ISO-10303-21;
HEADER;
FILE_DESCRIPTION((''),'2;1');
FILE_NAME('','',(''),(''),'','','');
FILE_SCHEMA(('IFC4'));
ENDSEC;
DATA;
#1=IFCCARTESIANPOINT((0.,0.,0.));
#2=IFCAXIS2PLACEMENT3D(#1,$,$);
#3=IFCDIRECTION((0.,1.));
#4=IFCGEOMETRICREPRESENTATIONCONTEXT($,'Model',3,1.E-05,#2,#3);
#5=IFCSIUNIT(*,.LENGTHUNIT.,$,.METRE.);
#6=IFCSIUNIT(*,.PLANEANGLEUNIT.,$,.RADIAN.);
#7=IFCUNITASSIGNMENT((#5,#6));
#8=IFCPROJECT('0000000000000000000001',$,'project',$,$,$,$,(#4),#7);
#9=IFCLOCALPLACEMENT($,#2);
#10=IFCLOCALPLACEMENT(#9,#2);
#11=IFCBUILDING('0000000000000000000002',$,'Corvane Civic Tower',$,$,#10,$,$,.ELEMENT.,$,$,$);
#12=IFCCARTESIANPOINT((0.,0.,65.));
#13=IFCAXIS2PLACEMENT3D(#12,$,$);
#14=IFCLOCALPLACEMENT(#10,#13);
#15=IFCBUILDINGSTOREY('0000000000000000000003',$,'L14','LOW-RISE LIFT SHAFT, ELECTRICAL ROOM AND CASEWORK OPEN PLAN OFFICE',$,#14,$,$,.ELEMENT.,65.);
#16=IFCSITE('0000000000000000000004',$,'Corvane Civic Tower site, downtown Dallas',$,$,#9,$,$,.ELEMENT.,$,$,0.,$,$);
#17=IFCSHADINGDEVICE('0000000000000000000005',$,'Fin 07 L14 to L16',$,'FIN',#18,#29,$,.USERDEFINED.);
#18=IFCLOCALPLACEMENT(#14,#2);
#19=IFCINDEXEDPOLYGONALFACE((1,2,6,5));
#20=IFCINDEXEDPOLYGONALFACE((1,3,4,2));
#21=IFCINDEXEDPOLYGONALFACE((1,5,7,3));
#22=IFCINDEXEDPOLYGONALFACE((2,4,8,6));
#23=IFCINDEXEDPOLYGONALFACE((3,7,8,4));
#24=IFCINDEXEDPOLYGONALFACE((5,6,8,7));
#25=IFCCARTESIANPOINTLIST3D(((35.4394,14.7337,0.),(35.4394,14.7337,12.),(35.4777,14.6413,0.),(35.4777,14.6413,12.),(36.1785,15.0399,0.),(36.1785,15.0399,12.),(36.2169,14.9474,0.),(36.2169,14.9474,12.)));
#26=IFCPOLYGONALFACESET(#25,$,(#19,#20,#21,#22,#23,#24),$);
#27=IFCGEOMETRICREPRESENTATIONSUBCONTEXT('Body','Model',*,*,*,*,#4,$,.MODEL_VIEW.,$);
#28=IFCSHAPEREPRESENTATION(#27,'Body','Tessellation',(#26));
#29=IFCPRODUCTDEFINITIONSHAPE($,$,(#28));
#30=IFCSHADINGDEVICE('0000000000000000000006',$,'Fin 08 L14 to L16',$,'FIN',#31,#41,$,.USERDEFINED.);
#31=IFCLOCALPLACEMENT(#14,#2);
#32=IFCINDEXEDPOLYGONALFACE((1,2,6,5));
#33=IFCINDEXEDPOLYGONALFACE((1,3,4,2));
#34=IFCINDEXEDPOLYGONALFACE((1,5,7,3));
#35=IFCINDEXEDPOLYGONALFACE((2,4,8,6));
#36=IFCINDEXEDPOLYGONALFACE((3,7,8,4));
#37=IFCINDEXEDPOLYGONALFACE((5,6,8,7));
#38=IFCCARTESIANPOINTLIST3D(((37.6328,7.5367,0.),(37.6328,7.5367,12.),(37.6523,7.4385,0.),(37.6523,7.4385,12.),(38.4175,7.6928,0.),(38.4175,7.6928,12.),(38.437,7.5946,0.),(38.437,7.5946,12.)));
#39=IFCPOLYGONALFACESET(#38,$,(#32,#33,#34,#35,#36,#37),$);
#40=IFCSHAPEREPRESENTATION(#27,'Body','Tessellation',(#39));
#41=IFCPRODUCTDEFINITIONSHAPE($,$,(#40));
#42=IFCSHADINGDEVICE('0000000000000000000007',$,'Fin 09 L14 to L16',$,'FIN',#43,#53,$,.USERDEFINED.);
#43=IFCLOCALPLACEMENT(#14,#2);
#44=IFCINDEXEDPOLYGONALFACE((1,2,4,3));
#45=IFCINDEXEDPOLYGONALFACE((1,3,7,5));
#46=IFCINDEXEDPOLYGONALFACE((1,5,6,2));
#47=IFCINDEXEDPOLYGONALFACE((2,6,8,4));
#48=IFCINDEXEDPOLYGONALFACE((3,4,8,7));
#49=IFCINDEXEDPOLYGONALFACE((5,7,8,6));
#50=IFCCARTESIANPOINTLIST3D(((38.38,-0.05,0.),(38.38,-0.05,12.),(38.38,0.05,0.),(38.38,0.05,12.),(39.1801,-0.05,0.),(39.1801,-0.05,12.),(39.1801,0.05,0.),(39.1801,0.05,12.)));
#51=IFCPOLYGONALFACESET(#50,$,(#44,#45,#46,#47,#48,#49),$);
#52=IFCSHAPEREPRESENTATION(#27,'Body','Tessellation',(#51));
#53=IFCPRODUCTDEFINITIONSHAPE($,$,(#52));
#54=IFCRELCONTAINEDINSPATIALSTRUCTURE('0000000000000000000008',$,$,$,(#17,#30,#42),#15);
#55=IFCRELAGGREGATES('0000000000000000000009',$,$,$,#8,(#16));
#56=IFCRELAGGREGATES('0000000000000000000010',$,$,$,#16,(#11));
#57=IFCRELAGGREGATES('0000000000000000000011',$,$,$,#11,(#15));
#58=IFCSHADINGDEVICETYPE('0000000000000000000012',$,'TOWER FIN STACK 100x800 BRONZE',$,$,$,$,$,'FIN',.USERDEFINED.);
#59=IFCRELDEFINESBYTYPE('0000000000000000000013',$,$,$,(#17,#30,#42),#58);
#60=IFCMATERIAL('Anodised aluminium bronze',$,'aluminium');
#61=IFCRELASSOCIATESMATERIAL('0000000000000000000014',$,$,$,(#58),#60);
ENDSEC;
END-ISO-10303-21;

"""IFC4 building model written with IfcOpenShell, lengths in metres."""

from ifc_helpers import new_model, si_unit, direction, frame, origin, origin_2d, place, context, subcontext, project, spatial, rectangle, extrude, material, material_profile, profile_set, type_object, element, save


model = new_model("IFC4")

# Units and contexts
model_context = context("Model", 3, precision=1e-05, world=origin(), true_north=direction((0.0, 1.0)))
body_context = subcontext(model_context, "Body", "Model", "MODEL_VIEW")
ifc_project = project(units=[si_unit("LENGTHUNIT", "METRE"), si_unit("PLANEANGLEUNIT", "RADIAN")], contexts=[model_context])

# Site, building, storey
site_placement = place(None, origin())
site = spatial("IfcSite", under=ifc_project, at=site_placement, Name="Corvane Civic Tower site, downtown Dallas", CompositionType="ELEMENT", RefElevation=0.0)
building_placement = place(site_placement, origin())
building = spatial("IfcBuilding", under=site, at=building_placement, Name="Corvane Civic Tower", CompositionType="ELEMENT")
storey_placement = place(building_placement, frame((0.0, 0.0, 65.0)))
storey = spatial("IfcBuildingStorey", under=building, at=storey_placement, Name="L14", Description="LOW-RISE LIFT SHAFT, ELECTRICAL ROOM AND CASEWORK OPEN PLAN OFFICE", CompositionType="ELEMENT", Elevation=65.0)

# Shading devices
ifc_material_1 = material(Name="Anodised aluminium bronze", Category="aluminium")
ifc_material_profile_1 = material_profile(ifc_material_1, rectangle(XDim=0.1001, YDim=0.8, at=origin_2d()), Name="TOWER FIN STACK 100x800 BRONZE")
ifc_profile_set_1 = profile_set([ifc_material_profile_1], Name="Anodised aluminium bronze")
shading_device_type = type_object("IfcShadingDeviceType", Name="TOWER FIN STACK 100x800 BRONZE", ElementType="FIN", PredefinedType="USERDEFINED", material=ifc_profile_set_1)
for number, where, z_axis, x_axis, name in (
    (1, (35.8281, 14.8406, 0.0), (0.0, 0.0, 1.0), (0.382683, -0.92388, 0.0), "Fin 07 L14 to L16"),
    (2, (38.0349, 7.5657, 0.0), (0.0, 0.0, 1.0), (0.19509, -0.980785, 0.0), "Fin 08 L14 to L16"),
    (3, (38.78, 0.0, 0.0), (0.0, 0.0, 1.0), (0.0, -1.0, 0.0), "Fin 09 L14 to L16"),
):
    element("IfcShadingDevice", number, at=place(storey_placement, frame(where, z_axis=z_axis, x_axis=x_axis)), inside=storey, type_object=shading_device_type, Name=name, ObjectType="FIN", PredefinedType="USERDEFINED", context=body_context, shape_type="SweptSolid", body=[
        extrude(rectangle(XDim=0.1001, YDim=0.8, at=origin_2d()), origin(), (0.0, 0.0, 1.0), 12.0),
    ])

save(model, "model.ifc")
